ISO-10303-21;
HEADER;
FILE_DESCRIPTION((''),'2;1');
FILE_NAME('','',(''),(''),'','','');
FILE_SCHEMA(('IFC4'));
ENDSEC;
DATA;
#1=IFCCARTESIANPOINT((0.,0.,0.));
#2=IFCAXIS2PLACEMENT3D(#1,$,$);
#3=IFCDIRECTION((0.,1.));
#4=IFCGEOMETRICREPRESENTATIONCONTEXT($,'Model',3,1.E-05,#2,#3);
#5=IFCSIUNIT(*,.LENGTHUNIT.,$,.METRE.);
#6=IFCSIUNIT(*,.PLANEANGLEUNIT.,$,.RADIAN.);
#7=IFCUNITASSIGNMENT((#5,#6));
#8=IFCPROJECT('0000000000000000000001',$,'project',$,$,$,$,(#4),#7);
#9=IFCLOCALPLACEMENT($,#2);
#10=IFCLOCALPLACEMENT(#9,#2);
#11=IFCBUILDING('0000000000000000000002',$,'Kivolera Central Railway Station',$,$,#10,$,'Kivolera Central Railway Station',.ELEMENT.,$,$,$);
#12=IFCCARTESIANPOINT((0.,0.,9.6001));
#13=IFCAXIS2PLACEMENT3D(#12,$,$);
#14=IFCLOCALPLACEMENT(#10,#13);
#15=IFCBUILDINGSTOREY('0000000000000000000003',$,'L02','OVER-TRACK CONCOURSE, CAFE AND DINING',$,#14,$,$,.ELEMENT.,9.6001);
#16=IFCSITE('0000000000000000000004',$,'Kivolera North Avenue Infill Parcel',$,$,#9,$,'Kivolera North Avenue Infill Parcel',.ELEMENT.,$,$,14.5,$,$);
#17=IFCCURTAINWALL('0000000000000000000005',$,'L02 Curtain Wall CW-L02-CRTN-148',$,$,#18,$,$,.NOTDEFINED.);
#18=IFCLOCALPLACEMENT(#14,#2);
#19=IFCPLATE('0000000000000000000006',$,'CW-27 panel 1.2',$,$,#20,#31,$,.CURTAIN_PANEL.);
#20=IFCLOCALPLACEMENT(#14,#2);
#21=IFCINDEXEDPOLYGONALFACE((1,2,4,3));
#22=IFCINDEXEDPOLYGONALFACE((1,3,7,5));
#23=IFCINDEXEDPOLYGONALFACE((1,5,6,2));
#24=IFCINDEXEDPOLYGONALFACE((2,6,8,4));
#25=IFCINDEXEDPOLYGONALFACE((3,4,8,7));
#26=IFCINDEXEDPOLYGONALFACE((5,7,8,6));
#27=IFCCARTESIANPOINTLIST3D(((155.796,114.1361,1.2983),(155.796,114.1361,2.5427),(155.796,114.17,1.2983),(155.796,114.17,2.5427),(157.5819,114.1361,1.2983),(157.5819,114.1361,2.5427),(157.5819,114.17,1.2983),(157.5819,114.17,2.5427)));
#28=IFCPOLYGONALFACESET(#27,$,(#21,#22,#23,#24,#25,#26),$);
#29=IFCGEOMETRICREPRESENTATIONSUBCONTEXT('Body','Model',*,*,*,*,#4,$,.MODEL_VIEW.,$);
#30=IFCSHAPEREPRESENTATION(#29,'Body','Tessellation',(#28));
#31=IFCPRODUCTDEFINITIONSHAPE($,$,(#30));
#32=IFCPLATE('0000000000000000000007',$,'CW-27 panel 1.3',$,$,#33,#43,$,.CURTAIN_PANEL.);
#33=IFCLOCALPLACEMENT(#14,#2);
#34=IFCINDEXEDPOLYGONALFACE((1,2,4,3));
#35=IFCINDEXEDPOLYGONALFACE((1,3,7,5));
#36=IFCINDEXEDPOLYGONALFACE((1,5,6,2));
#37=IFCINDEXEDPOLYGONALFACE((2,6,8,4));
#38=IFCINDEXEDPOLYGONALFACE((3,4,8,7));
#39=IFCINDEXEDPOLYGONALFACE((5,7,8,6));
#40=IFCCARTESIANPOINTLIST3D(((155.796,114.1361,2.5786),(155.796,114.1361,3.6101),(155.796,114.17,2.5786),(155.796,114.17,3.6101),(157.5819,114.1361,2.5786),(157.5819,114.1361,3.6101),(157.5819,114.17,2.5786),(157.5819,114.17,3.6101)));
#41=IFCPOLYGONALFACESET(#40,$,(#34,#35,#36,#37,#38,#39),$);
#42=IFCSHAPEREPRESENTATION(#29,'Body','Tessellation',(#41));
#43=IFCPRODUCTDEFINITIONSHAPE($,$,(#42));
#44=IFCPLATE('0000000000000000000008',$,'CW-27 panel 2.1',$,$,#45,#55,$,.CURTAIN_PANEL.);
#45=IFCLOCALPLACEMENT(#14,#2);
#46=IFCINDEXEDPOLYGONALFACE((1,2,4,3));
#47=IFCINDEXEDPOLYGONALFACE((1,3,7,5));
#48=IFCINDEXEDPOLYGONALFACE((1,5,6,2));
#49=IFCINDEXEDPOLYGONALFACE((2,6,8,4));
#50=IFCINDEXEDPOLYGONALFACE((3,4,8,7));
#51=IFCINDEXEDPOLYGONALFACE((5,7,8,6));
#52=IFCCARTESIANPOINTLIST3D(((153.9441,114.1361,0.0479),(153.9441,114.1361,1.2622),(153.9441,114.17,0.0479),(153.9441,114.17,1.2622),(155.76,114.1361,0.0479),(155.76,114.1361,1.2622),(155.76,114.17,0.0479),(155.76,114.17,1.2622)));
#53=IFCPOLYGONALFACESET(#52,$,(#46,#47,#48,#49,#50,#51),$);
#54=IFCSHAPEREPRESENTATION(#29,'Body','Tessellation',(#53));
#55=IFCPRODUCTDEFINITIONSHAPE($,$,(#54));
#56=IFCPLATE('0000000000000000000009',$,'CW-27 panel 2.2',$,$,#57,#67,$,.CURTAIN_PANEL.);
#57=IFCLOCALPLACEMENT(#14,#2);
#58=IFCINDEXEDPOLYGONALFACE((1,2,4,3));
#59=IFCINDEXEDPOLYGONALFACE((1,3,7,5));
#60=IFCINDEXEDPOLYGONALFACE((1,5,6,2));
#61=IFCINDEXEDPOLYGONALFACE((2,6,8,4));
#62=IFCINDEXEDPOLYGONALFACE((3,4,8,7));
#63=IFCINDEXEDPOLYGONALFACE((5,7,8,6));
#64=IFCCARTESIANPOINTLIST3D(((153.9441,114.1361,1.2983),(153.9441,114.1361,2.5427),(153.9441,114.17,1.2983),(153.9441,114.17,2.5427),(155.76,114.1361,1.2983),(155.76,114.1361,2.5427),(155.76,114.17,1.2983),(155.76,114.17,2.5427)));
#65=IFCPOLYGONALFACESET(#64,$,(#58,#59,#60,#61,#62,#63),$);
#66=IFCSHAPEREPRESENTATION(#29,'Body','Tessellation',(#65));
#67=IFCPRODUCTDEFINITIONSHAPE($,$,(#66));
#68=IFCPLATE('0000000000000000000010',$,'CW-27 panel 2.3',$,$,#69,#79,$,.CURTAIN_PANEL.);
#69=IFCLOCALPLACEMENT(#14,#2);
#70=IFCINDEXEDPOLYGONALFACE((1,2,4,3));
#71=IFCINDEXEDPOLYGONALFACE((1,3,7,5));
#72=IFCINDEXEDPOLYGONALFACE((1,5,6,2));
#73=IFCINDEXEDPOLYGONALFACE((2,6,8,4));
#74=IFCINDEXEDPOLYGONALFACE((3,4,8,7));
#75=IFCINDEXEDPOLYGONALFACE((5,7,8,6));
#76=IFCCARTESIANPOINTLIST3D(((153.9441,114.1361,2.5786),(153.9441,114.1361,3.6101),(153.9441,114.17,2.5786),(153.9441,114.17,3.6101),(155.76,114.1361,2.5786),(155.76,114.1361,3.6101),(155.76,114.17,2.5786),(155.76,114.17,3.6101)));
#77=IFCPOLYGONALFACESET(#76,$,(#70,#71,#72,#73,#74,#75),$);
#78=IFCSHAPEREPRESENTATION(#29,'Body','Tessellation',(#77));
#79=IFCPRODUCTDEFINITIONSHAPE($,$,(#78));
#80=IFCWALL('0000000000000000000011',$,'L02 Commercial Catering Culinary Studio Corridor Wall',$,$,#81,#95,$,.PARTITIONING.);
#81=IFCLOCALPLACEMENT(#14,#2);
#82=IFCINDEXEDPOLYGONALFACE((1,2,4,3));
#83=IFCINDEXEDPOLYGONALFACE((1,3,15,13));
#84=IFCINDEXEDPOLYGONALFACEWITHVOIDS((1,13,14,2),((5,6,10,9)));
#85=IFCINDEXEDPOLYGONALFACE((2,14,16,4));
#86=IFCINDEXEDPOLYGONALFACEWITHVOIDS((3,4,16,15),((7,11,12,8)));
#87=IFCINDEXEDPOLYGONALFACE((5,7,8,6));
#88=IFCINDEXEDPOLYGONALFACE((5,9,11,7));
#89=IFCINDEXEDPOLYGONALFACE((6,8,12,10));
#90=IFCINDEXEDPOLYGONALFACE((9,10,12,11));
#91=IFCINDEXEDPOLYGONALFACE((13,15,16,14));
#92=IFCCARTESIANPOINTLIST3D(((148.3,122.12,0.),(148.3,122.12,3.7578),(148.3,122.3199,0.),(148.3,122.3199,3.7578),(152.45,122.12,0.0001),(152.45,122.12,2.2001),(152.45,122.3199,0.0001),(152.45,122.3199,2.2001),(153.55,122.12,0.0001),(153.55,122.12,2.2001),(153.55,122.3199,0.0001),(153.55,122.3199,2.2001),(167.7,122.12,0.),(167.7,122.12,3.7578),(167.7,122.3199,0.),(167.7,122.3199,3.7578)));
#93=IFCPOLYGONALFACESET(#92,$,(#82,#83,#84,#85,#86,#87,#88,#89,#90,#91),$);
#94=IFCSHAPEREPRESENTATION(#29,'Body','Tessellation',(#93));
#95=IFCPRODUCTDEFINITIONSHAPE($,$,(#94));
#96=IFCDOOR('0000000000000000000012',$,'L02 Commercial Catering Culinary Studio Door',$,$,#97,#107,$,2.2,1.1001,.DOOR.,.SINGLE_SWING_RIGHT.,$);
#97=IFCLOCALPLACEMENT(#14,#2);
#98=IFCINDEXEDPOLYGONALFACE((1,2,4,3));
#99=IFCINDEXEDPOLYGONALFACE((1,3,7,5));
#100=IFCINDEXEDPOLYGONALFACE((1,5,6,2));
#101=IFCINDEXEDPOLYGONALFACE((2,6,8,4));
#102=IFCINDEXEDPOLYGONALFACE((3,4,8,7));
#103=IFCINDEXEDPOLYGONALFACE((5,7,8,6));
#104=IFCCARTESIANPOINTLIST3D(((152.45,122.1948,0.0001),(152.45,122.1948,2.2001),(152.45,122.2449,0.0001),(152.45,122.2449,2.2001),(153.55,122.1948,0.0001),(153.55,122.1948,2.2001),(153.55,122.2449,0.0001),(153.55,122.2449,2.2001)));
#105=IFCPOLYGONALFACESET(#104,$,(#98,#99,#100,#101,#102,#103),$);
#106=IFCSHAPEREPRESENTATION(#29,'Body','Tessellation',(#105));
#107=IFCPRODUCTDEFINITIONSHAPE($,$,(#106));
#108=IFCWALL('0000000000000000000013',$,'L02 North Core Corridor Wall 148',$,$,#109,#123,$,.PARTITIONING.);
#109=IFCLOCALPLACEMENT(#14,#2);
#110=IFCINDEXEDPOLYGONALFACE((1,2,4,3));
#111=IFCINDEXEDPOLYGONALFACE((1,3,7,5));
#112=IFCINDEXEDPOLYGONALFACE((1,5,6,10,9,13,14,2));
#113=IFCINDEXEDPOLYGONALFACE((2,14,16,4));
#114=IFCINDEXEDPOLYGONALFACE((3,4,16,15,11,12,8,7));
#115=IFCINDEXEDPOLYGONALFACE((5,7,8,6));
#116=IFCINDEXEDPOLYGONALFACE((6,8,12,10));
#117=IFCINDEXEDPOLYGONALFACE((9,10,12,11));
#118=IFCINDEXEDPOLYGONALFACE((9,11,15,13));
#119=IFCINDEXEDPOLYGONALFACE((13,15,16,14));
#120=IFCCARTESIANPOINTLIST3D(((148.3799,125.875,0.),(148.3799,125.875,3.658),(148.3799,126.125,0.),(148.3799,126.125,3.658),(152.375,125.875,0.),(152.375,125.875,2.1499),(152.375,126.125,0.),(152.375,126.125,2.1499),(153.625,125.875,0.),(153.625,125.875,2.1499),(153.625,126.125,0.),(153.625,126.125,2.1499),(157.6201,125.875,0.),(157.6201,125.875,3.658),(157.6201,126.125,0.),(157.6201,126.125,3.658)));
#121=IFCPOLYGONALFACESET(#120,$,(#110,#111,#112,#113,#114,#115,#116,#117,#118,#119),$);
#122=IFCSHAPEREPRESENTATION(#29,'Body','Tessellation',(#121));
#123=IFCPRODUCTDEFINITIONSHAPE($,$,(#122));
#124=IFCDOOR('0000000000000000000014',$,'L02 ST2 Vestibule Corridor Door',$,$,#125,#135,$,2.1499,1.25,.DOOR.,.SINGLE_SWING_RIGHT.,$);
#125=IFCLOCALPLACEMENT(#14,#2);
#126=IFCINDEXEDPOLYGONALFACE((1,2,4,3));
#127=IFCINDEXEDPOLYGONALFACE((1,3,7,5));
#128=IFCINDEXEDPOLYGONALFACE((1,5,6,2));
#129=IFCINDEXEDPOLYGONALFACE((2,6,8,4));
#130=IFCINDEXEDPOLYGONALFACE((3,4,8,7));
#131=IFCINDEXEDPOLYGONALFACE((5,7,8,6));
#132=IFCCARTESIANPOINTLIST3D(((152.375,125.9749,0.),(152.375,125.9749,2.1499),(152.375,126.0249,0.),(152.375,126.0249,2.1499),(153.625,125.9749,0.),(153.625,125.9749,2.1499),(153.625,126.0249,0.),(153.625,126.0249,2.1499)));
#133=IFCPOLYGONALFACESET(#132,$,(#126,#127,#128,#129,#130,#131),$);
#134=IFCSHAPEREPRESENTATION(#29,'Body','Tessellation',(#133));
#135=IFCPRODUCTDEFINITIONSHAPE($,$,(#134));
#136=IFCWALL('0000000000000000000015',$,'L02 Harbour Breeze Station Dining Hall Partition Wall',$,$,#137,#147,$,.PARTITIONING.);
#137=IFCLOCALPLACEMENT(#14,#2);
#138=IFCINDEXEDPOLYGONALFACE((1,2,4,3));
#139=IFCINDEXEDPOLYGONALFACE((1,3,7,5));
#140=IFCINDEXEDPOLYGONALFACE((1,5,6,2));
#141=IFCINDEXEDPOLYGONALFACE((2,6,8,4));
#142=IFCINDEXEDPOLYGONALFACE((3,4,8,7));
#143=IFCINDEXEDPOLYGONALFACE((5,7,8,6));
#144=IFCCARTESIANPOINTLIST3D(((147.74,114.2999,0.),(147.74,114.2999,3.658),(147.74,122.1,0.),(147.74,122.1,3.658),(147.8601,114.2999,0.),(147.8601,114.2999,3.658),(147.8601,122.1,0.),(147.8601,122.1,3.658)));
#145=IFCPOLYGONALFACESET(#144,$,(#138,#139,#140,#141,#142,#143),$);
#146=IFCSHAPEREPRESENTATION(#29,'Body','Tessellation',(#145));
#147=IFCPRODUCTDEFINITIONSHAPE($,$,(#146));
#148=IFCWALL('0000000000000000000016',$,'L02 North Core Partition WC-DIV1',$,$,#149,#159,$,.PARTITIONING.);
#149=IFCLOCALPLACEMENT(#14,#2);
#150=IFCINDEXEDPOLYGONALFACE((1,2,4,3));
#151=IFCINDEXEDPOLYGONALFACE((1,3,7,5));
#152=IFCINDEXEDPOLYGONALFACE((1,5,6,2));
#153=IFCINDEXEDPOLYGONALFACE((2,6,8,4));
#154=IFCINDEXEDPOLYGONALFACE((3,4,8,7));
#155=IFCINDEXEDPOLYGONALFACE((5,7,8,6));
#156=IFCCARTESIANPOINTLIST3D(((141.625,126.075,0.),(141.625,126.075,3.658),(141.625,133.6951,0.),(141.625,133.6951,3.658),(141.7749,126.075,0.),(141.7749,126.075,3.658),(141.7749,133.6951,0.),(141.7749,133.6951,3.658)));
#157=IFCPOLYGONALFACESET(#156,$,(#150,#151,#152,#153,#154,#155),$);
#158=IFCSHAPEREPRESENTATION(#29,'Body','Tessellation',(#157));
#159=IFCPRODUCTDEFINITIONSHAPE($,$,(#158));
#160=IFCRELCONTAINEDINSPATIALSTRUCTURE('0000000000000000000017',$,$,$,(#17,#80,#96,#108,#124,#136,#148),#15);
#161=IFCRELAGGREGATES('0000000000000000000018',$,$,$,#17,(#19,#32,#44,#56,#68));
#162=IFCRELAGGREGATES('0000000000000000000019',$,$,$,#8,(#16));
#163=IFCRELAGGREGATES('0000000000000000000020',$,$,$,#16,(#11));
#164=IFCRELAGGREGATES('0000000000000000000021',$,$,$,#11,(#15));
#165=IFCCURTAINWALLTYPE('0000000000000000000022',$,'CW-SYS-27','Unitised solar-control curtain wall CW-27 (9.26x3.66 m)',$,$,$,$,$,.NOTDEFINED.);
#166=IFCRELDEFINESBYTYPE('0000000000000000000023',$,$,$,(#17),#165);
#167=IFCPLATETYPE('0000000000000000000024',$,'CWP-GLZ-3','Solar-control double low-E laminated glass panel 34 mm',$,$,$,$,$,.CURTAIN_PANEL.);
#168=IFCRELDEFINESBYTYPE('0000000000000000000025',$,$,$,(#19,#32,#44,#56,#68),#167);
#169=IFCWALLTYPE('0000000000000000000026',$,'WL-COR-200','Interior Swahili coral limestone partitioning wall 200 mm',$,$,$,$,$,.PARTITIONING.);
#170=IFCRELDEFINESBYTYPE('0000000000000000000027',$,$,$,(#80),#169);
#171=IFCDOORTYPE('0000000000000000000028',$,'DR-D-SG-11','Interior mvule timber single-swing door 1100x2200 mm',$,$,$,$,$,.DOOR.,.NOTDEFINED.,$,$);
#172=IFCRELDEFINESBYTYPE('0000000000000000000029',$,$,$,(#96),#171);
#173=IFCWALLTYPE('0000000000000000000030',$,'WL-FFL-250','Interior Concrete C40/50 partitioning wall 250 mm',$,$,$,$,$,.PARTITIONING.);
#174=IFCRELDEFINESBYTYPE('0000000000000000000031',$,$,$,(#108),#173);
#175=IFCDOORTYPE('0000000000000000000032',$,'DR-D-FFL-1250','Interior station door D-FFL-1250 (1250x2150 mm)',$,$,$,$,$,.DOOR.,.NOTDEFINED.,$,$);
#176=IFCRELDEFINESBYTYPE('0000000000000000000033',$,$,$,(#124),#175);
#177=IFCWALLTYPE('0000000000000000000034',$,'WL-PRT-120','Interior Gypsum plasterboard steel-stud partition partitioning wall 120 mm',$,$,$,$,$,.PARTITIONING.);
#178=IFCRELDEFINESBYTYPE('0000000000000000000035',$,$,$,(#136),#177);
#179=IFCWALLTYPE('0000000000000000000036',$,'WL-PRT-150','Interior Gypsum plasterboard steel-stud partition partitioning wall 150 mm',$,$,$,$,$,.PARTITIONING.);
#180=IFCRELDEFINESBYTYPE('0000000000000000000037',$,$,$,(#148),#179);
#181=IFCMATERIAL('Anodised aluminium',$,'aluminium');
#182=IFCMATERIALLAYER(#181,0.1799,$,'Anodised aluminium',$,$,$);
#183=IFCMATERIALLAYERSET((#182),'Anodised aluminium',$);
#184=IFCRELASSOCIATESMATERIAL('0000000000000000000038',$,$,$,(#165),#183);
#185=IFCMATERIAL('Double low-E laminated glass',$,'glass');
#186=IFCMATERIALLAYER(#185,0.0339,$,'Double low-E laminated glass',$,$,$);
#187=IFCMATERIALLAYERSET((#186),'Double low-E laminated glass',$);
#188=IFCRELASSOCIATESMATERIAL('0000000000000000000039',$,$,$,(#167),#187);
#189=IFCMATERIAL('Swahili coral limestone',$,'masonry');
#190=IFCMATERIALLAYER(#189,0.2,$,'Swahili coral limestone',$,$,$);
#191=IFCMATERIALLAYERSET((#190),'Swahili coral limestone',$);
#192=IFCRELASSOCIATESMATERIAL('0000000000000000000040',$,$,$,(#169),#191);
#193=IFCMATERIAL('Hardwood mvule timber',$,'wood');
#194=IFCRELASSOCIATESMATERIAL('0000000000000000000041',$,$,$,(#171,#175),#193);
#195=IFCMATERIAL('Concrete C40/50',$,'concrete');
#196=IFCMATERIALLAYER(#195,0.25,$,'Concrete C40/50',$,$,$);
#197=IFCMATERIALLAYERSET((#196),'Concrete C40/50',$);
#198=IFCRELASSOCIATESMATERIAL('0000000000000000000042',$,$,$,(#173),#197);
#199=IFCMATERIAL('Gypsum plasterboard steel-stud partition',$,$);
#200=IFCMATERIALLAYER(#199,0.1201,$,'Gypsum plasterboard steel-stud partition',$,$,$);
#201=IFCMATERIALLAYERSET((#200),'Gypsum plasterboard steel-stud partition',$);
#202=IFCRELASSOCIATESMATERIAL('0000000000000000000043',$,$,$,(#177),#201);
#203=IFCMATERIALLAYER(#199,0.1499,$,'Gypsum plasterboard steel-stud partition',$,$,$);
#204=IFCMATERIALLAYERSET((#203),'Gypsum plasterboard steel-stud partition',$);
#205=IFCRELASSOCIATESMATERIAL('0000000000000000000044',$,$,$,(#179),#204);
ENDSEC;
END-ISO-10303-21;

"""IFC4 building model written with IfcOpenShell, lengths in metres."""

from ifc_helpers import new_model, si_unit, direction, frame, frame_2d, origin, origin_2d, place, context, subcontext, project, spatial, rectangle, extrude, material, layer, layer_set, type_object, element, fill, aggregate, save


model = new_model("IFC4")

# Units and contexts
model_context = context("Model", 3, precision=1e-05, world=origin(), true_north=direction((0.0, 1.0)))
body_context = subcontext(model_context, "Body", "Model", "MODEL_VIEW")
ifc_project = project(units=[si_unit("LENGTHUNIT", "METRE"), si_unit("PLANEANGLEUNIT", "RADIAN")], contexts=[model_context])

# Site, building, storey
site_placement = place(None, origin())
site = spatial("IfcSite", under=ifc_project, at=site_placement, Name="Kivolera North Avenue Infill Parcel", LongName="Kivolera North Avenue Infill Parcel", CompositionType="ELEMENT", RefElevation=14.5)
building_placement = place(site_placement, origin())
building = spatial("IfcBuilding", under=site, at=building_placement, Name="Kivolera Central Railway Station", LongName="Kivolera Central Railway Station", CompositionType="ELEMENT")
storey_placement = place(building_placement, frame((0.0, 0.0, 9.6001)))
storey = spatial("IfcBuildingStorey", under=building, at=storey_placement, Name="L02", Description="OVER-TRACK CONCOURSE, CAFE AND DINING", CompositionType="ELEMENT", Elevation=9.6001)

# Shared definitions
ifc_material_1 = material(Name="Concrete C40/50", Category="concrete")

# Curtain wall, plates
ifc_material_2 = material(Name="Anodised aluminium", Category="aluminium")
ifc_layer_1 = layer(ifc_material_2, 0.1799, Name="Anodised aluminium")
ifc_layer_set_1 = layer_set([ifc_layer_1], Name="Anodised aluminium")
curtain_wall_type = type_object("IfcCurtainWallType", Name="CW-SYS-27", Description="Unitised solar-control curtain wall CW-27 (9.26x3.66 m)", PredefinedType="NOTDEFINED", material=ifc_layer_set_1)
curtain_wall_placement = place(storey_placement, origin())
curtain_wall = element("IfcCurtainWall", 1, at=curtain_wall_placement, inside=storey, type_object=curtain_wall_type, Name="L02 Curtain Wall CW-L02-CRTN-148", PredefinedType="NOTDEFINED")
ifc_material_3 = material(Name="Double low-E laminated glass", Category="glass")
ifc_layer_2 = layer(ifc_material_3, 0.0339, Name="Double low-E laminated glass")
ifc_layer_set_2 = layer_set([ifc_layer_2], Name="Double low-E laminated glass")
plate_type = type_object("IfcPlateType", Name="CWP-GLZ-3", Description="Solar-control double low-E laminated glass panel 34 mm", PredefinedType="CURTAIN_PANEL", material=ifc_layer_set_2)
plate_1_placement = place(storey_placement, frame((156.689, 114.1531, 1.2983), z_axis=(0.0, 0.0, 1.0), x_axis=(-1.0, 0.0, 0.0)))
plate_1 = element("IfcPlate", 2, at=plate_1_placement, type_object=plate_type, Name="CW-27 panel 1.2", PredefinedType="CURTAIN_PANEL", context=body_context, shape_type="SweptSolid", body=[
    extrude(rectangle(XDim=1.7859, YDim=0.0339, at=origin_2d()), origin(), (0.0, 0.0, 1.0), 1.2444),
])
plate_2_placement = place(storey_placement, frame((156.689, 114.1531, 2.5786), z_axis=(0.0, 0.0, 1.0), x_axis=(-1.0, 0.0, 0.0)))
plate_2 = element("IfcPlate", 3, at=plate_2_placement, type_object=plate_type, Name="CW-27 panel 1.3", PredefinedType="CURTAIN_PANEL", context=body_context, shape_type="SweptSolid", body=[
    extrude(rectangle(XDim=1.7859, YDim=0.0339, at=origin_2d()), origin(), (0.0, 0.0, 1.0), 1.0315),
])
plate_3_placement = place(storey_placement, frame((154.8521, 114.1531, 0.0479), z_axis=(0.0, 0.0, 1.0), x_axis=(-1.0, 0.0, 0.0)))
plate_3 = element("IfcPlate", 4, at=plate_3_placement, type_object=plate_type, Name="CW-27 panel 2.1", PredefinedType="CURTAIN_PANEL", context=body_context, shape_type="SweptSolid", body=[
    extrude(rectangle(XDim=1.8159, YDim=0.0339, at=origin_2d()), origin(), (0.0, 0.0, 1.0), 1.2144),
])
plate_4_placement = place(storey_placement, frame((154.8521, 114.1531, 1.2983), z_axis=(0.0, 0.0, 1.0), x_axis=(-1.0, 0.0, 0.0)))
plate_4 = element("IfcPlate", 5, at=plate_4_placement, type_object=plate_type, Name="CW-27 panel 2.2", PredefinedType="CURTAIN_PANEL", context=body_context, shape_type="SweptSolid", body=[
    extrude(rectangle(XDim=1.8159, YDim=0.0339, at=origin_2d()), origin(), (0.0, 0.0, 1.0), 1.2444),
])
plate_5_placement = place(storey_placement, frame((154.8521, 114.1531, 2.5786), z_axis=(0.0, 0.0, 1.0), x_axis=(-1.0, 0.0, 0.0)))
plate_5 = element("IfcPlate", 6, at=plate_5_placement, type_object=plate_type, Name="CW-27 panel 2.3", PredefinedType="CURTAIN_PANEL", context=body_context, shape_type="SweptSolid", body=[
    extrude(rectangle(XDim=1.8159, YDim=0.0339, at=origin_2d()), origin(), (0.0, 0.0, 1.0), 1.0315),
])
aggregate(curtain_wall, [plate_1, plate_2, plate_3, plate_4, plate_5])

# Walls, openings, doors
ifc_material_4 = material(Name="Swahili coral limestone", Category="masonry")
ifc_layer_3 = layer(ifc_material_4, 0.2, Name="Swahili coral limestone")
ifc_layer_set_3 = layer_set([ifc_layer_3], Name="Swahili coral limestone")
wall_type_1 = type_object("IfcWallType", Name="WL-COR-200", Description="Interior Swahili coral limestone partitioning wall 200 mm", PredefinedType="PARTITIONING", material=ifc_layer_set_3)
wall_1_placement = place(storey_placement, frame((148.3, 122.22, 0.0), z_axis=(0.0, 0.0, 1.0), x_axis=(1.0, 0.0, 0.0)))
wall_1 = element("IfcWall", 7, at=wall_1_placement, inside=storey, type_object=wall_type_1, Name="L02 Commercial Catering Culinary Studio Corridor Wall", PredefinedType="PARTITIONING", context=body_context, shape_type="SweptSolid", body=[
    extrude(rectangle(XDim=19.3999, YDim=0.2, at=frame_2d((9.7, 0.0))), origin(), (0.0, 0.0, 1.0), 3.7578),
])
opening_1_placement = place(wall_1_placement, frame((4.1499, 0.0, 0.0)))
opening_1 = element("IfcOpeningElement", 8, at=opening_1_placement, cuts=wall_1, PredefinedType="OPENING", context=body_context, shape_type="SweptSolid", body=[
    extrude(rectangle(XDim=1.1001, YDim=2.2, at=frame_2d((0.55, 1.1001))), frame((0.0, 0.1099, 0.0), z_axis=(0.0, -1.0, 0.0), x_axis=(1.0, 0.0, 0.0)), (0.0, 0.0, 1.0), 0.22),
])
ifc_material_5 = material(Name="Hardwood mvule timber", Category="wood")
door_type_1 = type_object("IfcDoorType", Name="DR-D-SG-11", Description="Interior mvule timber single-swing door 1100x2200 mm", OperationType="NOTDEFINED", PredefinedType="DOOR", material=ifc_material_5)
door_1_placement = place(opening_1_placement, origin())
door_1 = element("IfcDoor", 9, at=door_1_placement, inside=storey, type_object=door_type_1, Name="L02 Commercial Catering Culinary Studio Door", OperationType="SINGLE_SWING_RIGHT", OverallHeight=2.2, OverallWidth=1.1001, PredefinedType="DOOR", context=body_context, shape_type="SweptSolid", body=[
    extrude(rectangle(XDim=1.1001, YDim=2.2, at=frame_2d((0.55, 1.1001))), frame((0.0, 0.0249, 0.0), z_axis=(0.0, -1.0, 0.0), x_axis=(1.0, 0.0, 0.0)), (0.0, 0.0, 1.0), 0.05),
])
fill(opening_1, door_1)
ifc_layer_4 = layer(ifc_material_1, 0.25, Name="Concrete C40/50")
ifc_layer_set_4 = layer_set([ifc_layer_4], Name="Concrete C40/50")
wall_type_2 = type_object("IfcWallType", Name="WL-FFL-250", Description="Interior Concrete C40/50 partitioning wall 250 mm", PredefinedType="PARTITIONING", material=ifc_layer_set_4)
wall_2_placement = place(storey_placement, frame((148.3799, 126.0, 0.0), z_axis=(0.0, 0.0, 1.0), x_axis=(1.0, 0.0, 0.0)))
wall_2 = element("IfcWall", 10, at=wall_2_placement, inside=storey, type_object=wall_type_2, Name="L02 North Core Corridor Wall 148", PredefinedType="PARTITIONING", context=body_context, shape_type="SweptSolid", body=[
    extrude(rectangle(XDim=9.2402, YDim=0.25, at=frame_2d((4.6201, 0.0))), origin(), (0.0, 0.0, 1.0), 3.658),
])
opening_2_placement = place(wall_2_placement, frame((3.9951, 0.0, 0.0)))
opening_2 = element("IfcOpeningElement", 11, at=opening_2_placement, cuts=wall_2, PredefinedType="OPENING", context=body_context, shape_type="SweptSolid", body=[
    extrude(rectangle(XDim=1.25, YDim=2.1499, at=frame_2d((0.625, 1.075))), frame((0.0, 0.135, 0.0), z_axis=(0.0, -1.0, 0.0), x_axis=(1.0, 0.0, 0.0)), (0.0, 0.0, 1.0), 0.27),
])
door_type_2 = type_object("IfcDoorType", Name="DR-D-FFL-1250", Description="Interior station door D-FFL-1250 (1250x2150 mm)", OperationType="NOTDEFINED", PredefinedType="DOOR", material=ifc_material_5)
door_2_placement = place(opening_2_placement, origin())
door_2 = element("IfcDoor", 12, at=door_2_placement, inside=storey, type_object=door_type_2, Name="L02 ST2 Vestibule Corridor Door", OperationType="SINGLE_SWING_RIGHT", OverallHeight=2.1499, OverallWidth=1.25, PredefinedType="DOOR", context=body_context, shape_type="SweptSolid", body=[
    extrude(rectangle(XDim=1.25, YDim=2.1499, at=frame_2d((0.625, 1.075))), frame((0.0, 0.0249, 0.0), z_axis=(0.0, -1.0, 0.0), x_axis=(1.0, 0.0, 0.0)), (0.0, 0.0, 1.0), 0.05),
])
fill(opening_2, door_2)

# Walls
ifc_material_6 = material(Name="Gypsum plasterboard steel-stud partition")
ifc_layer_5 = layer(ifc_material_6, 0.1201, Name="Gypsum plasterboard steel-stud partition")
ifc_layer_set_5 = layer_set([ifc_layer_5], Name="Gypsum plasterboard steel-stud partition")
wall_type_3 = type_object("IfcWallType", Name="WL-PRT-120", Description="Interior Gypsum plasterboard steel-stud partition partitioning wall 120 mm", PredefinedType="PARTITIONING", material=ifc_layer_set_5)
wall_3_placement = place(storey_placement, frame((147.8, 114.3, 0.0), z_axis=(0.0, 0.0, 1.0), x_axis=(0.0, 1.0, 0.0)))
element("IfcWall", 13, at=wall_3_placement, inside=storey, type_object=wall_type_3, Name="L02 Harbour Breeze Station Dining Hall Partition Wall", PredefinedType="PARTITIONING", context=body_context, shape_type="SweptSolid", body=[
    extrude(rectangle(XDim=7.8, YDim=0.1201, at=frame_2d((3.8999, 0.0))), origin(), (0.0, 0.0, 1.0), 3.658),
])
ifc_layer_6 = layer(ifc_material_6, 0.1499, Name="Gypsum plasterboard steel-stud partition")
ifc_layer_set_6 = layer_set([ifc_layer_6], Name="Gypsum plasterboard steel-stud partition")
wall_type_4 = type_object("IfcWallType", Name="WL-PRT-150", Description="Interior Gypsum plasterboard steel-stud partition partitioning wall 150 mm", PredefinedType="PARTITIONING", material=ifc_layer_set_6)
wall_4_placement = place(storey_placement, frame((141.7, 126.075, 0.0), z_axis=(0.0, 0.0, 1.0), x_axis=(0.0, 1.0, 0.0)))
element("IfcWall", 14, at=wall_4_placement, inside=storey, type_object=wall_type_4, Name="L02 North Core Partition WC-DIV1", PredefinedType="PARTITIONING", context=body_context, shape_type="SweptSolid", body=[
    extrude(rectangle(XDim=7.6201, YDim=0.1499, at=frame_2d((3.8101, 0.0))), origin(), (0.0, 0.0, 1.0), 3.658),
])

save(model, "model.ifc")
